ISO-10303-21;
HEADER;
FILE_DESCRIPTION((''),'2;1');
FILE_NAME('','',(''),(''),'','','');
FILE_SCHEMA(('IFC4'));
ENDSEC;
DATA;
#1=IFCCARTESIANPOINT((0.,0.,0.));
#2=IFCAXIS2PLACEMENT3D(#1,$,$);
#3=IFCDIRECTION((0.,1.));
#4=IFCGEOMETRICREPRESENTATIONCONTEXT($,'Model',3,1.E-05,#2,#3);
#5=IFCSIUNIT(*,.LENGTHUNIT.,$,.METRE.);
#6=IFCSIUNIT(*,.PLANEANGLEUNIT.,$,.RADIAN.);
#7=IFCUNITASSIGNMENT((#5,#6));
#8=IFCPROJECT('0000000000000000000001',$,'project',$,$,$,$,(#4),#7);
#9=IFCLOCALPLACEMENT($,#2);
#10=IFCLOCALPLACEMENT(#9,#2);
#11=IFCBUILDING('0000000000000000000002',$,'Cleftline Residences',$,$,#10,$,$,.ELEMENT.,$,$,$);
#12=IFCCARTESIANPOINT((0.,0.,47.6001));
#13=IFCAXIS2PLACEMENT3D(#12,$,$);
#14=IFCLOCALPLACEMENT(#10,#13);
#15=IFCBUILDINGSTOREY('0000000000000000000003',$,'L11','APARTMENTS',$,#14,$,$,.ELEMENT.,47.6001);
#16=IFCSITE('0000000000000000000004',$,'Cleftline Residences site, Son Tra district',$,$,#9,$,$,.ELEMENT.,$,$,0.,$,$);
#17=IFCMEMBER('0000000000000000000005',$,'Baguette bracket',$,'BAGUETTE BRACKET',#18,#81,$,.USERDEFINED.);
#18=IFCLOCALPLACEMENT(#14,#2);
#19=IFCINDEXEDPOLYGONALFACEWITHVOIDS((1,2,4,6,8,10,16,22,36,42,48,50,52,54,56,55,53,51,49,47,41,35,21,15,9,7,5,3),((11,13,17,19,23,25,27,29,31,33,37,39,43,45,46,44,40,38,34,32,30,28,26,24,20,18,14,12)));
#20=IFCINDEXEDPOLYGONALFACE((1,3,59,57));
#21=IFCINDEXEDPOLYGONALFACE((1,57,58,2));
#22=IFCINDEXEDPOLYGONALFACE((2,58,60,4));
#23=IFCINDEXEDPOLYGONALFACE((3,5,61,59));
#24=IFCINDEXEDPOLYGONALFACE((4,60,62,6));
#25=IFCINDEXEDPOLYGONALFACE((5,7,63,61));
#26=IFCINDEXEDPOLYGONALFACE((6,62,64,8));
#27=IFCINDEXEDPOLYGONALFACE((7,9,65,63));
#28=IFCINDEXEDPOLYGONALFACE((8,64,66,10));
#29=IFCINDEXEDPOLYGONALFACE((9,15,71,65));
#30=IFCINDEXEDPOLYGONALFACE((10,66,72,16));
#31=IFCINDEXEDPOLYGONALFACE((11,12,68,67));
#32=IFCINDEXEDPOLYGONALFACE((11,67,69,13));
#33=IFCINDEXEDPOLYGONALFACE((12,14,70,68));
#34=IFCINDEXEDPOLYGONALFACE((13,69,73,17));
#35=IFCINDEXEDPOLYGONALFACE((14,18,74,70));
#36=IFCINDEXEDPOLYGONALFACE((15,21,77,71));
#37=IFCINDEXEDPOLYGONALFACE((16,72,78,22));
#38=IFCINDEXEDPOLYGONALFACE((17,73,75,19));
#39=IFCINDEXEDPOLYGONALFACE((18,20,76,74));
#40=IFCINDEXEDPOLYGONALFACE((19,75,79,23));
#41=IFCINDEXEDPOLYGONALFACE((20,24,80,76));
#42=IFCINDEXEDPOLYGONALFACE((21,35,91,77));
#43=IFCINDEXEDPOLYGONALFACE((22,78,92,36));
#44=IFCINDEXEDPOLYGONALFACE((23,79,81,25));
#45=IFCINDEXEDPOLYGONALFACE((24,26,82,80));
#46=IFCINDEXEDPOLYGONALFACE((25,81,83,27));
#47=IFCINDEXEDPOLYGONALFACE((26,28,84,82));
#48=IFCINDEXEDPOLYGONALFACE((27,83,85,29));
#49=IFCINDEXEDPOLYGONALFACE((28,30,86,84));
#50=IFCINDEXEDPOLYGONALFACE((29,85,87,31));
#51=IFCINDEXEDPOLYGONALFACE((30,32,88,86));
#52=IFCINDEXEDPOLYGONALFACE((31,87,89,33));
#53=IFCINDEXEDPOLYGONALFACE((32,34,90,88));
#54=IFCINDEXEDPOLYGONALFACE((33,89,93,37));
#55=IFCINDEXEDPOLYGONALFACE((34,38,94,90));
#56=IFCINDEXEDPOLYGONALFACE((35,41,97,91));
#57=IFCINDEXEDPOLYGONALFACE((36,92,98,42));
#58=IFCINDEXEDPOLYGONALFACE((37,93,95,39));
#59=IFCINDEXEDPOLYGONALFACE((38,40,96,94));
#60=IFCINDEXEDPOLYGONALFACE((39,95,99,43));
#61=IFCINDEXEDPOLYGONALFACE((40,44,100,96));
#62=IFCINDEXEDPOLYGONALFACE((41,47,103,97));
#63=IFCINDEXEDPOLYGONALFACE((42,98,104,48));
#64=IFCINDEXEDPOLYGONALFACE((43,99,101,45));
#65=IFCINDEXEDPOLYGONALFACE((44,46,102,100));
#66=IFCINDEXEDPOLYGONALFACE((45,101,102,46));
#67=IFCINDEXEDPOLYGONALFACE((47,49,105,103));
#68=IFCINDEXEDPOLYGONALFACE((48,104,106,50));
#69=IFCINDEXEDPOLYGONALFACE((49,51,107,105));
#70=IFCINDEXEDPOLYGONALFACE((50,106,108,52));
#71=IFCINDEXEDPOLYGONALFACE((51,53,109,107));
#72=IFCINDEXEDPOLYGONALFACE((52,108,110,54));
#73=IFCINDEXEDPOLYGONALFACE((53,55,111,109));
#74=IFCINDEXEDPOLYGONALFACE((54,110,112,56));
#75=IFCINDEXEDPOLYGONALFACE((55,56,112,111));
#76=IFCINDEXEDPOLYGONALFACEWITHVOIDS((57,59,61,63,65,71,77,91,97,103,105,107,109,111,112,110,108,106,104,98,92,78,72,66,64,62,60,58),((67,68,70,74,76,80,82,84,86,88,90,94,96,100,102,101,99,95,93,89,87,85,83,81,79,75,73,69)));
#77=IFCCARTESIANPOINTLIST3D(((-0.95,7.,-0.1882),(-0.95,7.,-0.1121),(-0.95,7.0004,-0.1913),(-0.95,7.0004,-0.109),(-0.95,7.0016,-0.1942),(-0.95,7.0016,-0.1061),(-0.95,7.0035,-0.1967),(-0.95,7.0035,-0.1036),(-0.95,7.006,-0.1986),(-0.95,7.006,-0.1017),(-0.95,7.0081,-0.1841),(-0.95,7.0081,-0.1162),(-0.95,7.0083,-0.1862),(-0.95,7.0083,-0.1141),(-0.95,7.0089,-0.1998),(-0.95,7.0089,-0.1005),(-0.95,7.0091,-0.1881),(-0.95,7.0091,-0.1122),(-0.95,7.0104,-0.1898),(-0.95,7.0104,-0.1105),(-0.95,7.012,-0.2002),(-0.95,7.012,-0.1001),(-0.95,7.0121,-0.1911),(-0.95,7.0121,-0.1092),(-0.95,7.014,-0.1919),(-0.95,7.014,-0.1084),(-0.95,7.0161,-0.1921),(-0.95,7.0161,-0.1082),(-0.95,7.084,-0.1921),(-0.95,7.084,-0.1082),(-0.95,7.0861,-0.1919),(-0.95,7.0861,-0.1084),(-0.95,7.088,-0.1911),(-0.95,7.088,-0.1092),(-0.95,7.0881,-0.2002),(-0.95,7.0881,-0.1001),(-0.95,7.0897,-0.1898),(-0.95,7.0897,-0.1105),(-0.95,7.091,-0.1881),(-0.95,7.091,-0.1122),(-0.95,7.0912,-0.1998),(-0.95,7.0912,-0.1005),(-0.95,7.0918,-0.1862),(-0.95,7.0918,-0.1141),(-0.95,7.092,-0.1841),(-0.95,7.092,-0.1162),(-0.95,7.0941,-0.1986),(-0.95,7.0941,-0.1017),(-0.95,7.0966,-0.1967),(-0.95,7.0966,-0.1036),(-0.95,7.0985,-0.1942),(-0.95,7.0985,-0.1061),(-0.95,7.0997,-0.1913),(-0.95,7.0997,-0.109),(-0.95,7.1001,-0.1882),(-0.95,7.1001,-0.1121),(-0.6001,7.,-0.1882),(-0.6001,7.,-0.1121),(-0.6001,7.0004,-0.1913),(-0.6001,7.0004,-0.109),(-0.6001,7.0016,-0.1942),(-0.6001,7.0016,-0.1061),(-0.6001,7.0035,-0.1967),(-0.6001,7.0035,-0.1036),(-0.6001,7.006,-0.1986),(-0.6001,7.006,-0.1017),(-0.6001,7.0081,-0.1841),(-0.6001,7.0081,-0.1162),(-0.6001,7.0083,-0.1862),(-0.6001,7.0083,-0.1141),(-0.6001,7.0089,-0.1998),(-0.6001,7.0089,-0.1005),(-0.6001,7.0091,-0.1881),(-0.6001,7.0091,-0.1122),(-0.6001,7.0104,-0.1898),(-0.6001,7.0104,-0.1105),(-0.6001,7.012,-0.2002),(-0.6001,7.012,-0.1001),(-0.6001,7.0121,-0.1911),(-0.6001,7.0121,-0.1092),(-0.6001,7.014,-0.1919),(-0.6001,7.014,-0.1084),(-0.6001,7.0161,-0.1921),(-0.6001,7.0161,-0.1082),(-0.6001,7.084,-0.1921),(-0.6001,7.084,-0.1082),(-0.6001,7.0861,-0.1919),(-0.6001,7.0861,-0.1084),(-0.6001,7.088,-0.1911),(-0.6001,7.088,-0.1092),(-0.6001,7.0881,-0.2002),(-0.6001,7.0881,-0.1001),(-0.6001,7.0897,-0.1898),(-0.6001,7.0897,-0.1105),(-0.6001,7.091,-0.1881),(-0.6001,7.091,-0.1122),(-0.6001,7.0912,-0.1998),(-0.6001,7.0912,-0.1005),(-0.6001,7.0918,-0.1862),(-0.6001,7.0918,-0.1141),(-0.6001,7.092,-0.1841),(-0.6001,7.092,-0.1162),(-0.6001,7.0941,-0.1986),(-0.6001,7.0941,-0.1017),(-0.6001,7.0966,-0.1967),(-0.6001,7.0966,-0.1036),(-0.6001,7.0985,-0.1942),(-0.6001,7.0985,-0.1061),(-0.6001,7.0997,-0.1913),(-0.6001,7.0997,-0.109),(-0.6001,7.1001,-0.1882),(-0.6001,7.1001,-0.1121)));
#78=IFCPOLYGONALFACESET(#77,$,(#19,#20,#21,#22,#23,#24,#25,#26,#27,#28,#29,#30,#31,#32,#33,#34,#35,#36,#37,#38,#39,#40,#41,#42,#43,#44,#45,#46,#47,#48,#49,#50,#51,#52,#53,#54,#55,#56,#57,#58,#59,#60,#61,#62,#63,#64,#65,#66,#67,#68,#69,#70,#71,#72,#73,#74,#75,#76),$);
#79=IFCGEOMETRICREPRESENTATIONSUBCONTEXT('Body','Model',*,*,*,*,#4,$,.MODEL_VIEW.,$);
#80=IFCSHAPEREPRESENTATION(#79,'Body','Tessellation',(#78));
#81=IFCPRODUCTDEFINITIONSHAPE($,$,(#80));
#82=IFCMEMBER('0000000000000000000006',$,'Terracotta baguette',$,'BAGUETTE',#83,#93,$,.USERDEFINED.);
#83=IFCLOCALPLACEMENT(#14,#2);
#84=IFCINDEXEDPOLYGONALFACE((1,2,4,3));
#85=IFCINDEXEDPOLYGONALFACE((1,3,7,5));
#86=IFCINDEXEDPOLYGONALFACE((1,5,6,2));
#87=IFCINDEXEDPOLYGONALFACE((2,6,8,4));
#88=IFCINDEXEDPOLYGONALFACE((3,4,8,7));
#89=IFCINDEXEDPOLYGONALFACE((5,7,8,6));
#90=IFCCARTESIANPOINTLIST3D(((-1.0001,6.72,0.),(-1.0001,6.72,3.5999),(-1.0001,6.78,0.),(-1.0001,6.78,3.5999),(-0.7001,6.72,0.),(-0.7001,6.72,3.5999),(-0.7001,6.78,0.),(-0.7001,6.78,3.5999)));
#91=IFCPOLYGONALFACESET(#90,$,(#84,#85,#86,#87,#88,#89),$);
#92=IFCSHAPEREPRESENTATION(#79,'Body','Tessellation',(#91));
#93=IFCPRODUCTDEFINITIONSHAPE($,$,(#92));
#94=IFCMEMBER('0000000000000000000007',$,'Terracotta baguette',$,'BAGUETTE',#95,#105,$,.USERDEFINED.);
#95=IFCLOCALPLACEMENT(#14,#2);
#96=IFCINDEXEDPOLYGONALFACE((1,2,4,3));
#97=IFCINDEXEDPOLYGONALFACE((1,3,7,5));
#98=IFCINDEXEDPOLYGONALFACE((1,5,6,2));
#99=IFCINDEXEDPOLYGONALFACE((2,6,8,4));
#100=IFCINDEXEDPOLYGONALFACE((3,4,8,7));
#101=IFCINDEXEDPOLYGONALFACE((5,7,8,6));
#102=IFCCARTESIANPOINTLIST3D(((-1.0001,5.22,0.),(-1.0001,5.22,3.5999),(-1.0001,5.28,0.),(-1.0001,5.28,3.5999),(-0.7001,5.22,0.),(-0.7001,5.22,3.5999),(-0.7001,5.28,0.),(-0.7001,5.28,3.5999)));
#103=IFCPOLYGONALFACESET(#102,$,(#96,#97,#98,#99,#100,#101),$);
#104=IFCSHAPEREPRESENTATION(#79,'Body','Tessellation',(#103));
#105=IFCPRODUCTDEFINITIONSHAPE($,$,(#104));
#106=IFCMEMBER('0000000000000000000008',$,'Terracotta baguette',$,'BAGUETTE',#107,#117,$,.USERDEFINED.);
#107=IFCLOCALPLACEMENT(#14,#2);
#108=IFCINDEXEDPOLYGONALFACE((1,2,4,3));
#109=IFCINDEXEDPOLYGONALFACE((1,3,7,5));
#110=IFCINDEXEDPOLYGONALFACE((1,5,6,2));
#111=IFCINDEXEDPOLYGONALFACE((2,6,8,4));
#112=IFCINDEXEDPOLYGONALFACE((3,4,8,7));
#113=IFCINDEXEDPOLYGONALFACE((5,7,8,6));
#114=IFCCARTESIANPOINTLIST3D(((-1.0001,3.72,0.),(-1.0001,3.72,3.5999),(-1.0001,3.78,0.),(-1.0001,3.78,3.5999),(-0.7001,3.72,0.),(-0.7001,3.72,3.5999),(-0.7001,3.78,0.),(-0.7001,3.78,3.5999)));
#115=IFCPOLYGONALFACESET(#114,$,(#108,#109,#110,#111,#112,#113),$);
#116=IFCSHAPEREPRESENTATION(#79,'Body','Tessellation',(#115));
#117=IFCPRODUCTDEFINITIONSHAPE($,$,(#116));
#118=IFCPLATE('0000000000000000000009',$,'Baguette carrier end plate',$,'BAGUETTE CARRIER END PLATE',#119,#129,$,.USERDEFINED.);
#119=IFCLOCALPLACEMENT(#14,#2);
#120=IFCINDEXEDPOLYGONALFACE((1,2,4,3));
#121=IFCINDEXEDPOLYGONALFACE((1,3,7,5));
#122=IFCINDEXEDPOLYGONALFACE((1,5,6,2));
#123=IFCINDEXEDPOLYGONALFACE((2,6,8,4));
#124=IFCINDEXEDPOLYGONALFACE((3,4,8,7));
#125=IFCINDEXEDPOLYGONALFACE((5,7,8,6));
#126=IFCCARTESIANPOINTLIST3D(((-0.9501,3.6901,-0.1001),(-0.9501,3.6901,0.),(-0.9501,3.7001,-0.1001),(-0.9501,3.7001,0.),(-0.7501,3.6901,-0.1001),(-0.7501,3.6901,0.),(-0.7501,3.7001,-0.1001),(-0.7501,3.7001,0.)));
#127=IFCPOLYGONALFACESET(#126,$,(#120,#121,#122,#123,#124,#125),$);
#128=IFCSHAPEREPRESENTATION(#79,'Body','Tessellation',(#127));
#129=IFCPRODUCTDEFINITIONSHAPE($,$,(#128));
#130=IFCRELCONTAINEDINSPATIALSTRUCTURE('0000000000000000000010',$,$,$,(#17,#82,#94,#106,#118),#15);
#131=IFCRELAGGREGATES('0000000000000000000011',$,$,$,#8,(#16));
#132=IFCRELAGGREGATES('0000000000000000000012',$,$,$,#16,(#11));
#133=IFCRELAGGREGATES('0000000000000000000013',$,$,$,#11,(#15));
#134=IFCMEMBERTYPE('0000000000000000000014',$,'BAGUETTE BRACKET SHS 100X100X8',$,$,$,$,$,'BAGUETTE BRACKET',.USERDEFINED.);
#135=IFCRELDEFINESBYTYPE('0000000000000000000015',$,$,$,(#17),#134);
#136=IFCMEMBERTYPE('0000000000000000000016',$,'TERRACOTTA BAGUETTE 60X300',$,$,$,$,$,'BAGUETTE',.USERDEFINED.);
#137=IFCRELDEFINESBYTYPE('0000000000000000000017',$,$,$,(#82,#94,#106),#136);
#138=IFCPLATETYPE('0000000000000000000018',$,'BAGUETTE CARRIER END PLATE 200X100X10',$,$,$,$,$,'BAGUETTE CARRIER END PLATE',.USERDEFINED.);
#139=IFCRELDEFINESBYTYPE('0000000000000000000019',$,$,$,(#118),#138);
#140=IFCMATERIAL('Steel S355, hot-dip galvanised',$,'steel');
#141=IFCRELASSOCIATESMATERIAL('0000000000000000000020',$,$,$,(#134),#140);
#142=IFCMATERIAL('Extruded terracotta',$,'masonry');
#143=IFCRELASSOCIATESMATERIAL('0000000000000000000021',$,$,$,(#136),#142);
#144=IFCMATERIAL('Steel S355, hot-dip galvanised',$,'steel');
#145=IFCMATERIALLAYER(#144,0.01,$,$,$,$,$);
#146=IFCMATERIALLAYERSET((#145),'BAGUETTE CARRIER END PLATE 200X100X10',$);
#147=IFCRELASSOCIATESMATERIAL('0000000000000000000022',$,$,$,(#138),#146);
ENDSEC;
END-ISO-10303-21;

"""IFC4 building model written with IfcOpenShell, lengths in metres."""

from ifc_helpers import new_model, si_unit, direction, frame, origin, origin_2d, place, context, subcontext, project, spatial, rectangle, hollow_rectangle, extrude, material, layer, layer_set, material_profile, profile_set, type_object, element, save


model = new_model("IFC4")

# Units and contexts
model_context = context("Model", 3, precision=1e-05, world=origin(), true_north=direction((0.0, 1.0)))
body_context = subcontext(model_context, "Body", "Model", "MODEL_VIEW")
ifc_project = project(units=[si_unit("LENGTHUNIT", "METRE"), si_unit("PLANEANGLEUNIT", "RADIAN")], contexts=[model_context])

# Site, building, storey
site_placement = place(None, origin())
site = spatial("IfcSite", under=ifc_project, at=site_placement, Name="Cleftline Residences site, Son Tra district", CompositionType="ELEMENT", RefElevation=0.0)
building_placement = place(site_placement, origin())
building = spatial("IfcBuilding", under=site, at=building_placement, Name="Cleftline Residences", CompositionType="ELEMENT")
storey_placement = place(building_placement, frame((0.0, 0.0, 47.6001)))
storey = spatial("IfcBuildingStorey", under=building, at=storey_placement, Name="L11", Description="APARTMENTS", CompositionType="ELEMENT", Elevation=47.6001)

# Members
ifc_material_1 = material(Name="Steel S355, hot-dip galvanised", Category="steel")
ifc_material_profile_1 = material_profile(ifc_material_1, hollow_rectangle(XDim=0.1001, YDim=0.1001, WallThickness=0.0081, InnerFilletRadius=0.0081, OuterFilletRadius=0.012, at=origin_2d()))
ifc_profile_set_1 = profile_set([ifc_material_profile_1], Name="Steel S355, hot-dip galvanised")
member_type_1 = type_object("IfcMemberType", Name="BAGUETTE BRACKET SHS 100X100X8", ElementType="BAGUETTE BRACKET", PredefinedType="USERDEFINED", material=ifc_profile_set_1)
member_placement = place(storey_placement, frame((-0.6001, 7.05, -0.1501), z_axis=(-1.0, 0.0, 0.0), x_axis=(0.0, -1.0, 0.0)))
element("IfcMember", 1, at=member_placement, inside=storey, type_object=member_type_1, Name="Baguette bracket", ObjectType="BAGUETTE BRACKET", PredefinedType="USERDEFINED", context=body_context, shape_type="SweptSolid", body=[
    extrude(hollow_rectangle(XDim=0.1001, YDim=0.1001, WallThickness=0.0081, InnerFilletRadius=0.0081, OuterFilletRadius=0.012, at=origin_2d()), origin(), (0.0, 0.0, 1.0), 0.3499),
])
ifc_material_2 = material(Name="Extruded terracotta", Category="masonry")
ifc_material_profile_2 = material_profile(ifc_material_2, rectangle(XDim=0.0601, YDim=0.3, at=origin_2d()))
ifc_profile_set_2 = profile_set([ifc_material_profile_2], Name="Extruded terracotta")
member_type_2 = type_object("IfcMemberType", Name="TERRACOTTA BAGUETTE 60X300", ElementType="BAGUETTE", PredefinedType="USERDEFINED", material=ifc_profile_set_2)
for number, where, z_axis, x_axis, name in (
    (2, (-0.8501, 6.75, 0.0), (0.0, 0.0, 1.0), (0.0, 1.0, 0.0), "Terracotta baguette"),
    (3, (-0.8501, 5.25, 0.0), (0.0, 0.0, 1.0), (0.0, 1.0, 0.0), "Terracotta baguette"),
    (4, (-0.8501, 3.75, 0.0), (0.0, 0.0, 1.0), (0.0, 1.0, 0.0), "Terracotta baguette"),
):
    element("IfcMember", number, at=place(storey_placement, frame(where, z_axis=z_axis, x_axis=x_axis)), inside=storey, type_object=member_type_2, Name=name, ObjectType="BAGUETTE", PredefinedType="USERDEFINED", context=body_context, shape_type="SweptSolid", body=[
        extrude(rectangle(XDim=0.0601, YDim=0.3, at=origin_2d()), origin(), (0.0, 0.0, 1.0), 3.5999),
    ])

# Plate
ifc_material_3 = material(Name="Steel S355, hot-dip galvanised", Category="steel")
ifc_layer_1 = layer(ifc_material_3, 0.01)
ifc_layer_set_1 = layer_set([ifc_layer_1], Name="BAGUETTE CARRIER END PLATE 200X100X10")
plate_type = type_object("IfcPlateType", Name="BAGUETTE CARRIER END PLATE 200X100X10", ElementType="BAGUETTE CARRIER END PLATE", PredefinedType="USERDEFINED", material=ifc_layer_set_1)
plate_placement = place(storey_placement, frame((-0.8501, 3.6951, -0.1001), z_axis=(0.0, 0.0, 1.0), x_axis=(-1.0, 0.0, 0.0)))
element("IfcPlate", 5, at=plate_placement, inside=storey, type_object=plate_type, Name="Baguette carrier end plate", ObjectType="BAGUETTE CARRIER END PLATE", PredefinedType="USERDEFINED", context=body_context, shape_type="SweptSolid", body=[
    extrude(rectangle(XDim=0.2, YDim=0.01, at=origin_2d()), origin(), (0.0, 0.0, 1.0), 0.1001),
])

save(model, "model.ifc")
